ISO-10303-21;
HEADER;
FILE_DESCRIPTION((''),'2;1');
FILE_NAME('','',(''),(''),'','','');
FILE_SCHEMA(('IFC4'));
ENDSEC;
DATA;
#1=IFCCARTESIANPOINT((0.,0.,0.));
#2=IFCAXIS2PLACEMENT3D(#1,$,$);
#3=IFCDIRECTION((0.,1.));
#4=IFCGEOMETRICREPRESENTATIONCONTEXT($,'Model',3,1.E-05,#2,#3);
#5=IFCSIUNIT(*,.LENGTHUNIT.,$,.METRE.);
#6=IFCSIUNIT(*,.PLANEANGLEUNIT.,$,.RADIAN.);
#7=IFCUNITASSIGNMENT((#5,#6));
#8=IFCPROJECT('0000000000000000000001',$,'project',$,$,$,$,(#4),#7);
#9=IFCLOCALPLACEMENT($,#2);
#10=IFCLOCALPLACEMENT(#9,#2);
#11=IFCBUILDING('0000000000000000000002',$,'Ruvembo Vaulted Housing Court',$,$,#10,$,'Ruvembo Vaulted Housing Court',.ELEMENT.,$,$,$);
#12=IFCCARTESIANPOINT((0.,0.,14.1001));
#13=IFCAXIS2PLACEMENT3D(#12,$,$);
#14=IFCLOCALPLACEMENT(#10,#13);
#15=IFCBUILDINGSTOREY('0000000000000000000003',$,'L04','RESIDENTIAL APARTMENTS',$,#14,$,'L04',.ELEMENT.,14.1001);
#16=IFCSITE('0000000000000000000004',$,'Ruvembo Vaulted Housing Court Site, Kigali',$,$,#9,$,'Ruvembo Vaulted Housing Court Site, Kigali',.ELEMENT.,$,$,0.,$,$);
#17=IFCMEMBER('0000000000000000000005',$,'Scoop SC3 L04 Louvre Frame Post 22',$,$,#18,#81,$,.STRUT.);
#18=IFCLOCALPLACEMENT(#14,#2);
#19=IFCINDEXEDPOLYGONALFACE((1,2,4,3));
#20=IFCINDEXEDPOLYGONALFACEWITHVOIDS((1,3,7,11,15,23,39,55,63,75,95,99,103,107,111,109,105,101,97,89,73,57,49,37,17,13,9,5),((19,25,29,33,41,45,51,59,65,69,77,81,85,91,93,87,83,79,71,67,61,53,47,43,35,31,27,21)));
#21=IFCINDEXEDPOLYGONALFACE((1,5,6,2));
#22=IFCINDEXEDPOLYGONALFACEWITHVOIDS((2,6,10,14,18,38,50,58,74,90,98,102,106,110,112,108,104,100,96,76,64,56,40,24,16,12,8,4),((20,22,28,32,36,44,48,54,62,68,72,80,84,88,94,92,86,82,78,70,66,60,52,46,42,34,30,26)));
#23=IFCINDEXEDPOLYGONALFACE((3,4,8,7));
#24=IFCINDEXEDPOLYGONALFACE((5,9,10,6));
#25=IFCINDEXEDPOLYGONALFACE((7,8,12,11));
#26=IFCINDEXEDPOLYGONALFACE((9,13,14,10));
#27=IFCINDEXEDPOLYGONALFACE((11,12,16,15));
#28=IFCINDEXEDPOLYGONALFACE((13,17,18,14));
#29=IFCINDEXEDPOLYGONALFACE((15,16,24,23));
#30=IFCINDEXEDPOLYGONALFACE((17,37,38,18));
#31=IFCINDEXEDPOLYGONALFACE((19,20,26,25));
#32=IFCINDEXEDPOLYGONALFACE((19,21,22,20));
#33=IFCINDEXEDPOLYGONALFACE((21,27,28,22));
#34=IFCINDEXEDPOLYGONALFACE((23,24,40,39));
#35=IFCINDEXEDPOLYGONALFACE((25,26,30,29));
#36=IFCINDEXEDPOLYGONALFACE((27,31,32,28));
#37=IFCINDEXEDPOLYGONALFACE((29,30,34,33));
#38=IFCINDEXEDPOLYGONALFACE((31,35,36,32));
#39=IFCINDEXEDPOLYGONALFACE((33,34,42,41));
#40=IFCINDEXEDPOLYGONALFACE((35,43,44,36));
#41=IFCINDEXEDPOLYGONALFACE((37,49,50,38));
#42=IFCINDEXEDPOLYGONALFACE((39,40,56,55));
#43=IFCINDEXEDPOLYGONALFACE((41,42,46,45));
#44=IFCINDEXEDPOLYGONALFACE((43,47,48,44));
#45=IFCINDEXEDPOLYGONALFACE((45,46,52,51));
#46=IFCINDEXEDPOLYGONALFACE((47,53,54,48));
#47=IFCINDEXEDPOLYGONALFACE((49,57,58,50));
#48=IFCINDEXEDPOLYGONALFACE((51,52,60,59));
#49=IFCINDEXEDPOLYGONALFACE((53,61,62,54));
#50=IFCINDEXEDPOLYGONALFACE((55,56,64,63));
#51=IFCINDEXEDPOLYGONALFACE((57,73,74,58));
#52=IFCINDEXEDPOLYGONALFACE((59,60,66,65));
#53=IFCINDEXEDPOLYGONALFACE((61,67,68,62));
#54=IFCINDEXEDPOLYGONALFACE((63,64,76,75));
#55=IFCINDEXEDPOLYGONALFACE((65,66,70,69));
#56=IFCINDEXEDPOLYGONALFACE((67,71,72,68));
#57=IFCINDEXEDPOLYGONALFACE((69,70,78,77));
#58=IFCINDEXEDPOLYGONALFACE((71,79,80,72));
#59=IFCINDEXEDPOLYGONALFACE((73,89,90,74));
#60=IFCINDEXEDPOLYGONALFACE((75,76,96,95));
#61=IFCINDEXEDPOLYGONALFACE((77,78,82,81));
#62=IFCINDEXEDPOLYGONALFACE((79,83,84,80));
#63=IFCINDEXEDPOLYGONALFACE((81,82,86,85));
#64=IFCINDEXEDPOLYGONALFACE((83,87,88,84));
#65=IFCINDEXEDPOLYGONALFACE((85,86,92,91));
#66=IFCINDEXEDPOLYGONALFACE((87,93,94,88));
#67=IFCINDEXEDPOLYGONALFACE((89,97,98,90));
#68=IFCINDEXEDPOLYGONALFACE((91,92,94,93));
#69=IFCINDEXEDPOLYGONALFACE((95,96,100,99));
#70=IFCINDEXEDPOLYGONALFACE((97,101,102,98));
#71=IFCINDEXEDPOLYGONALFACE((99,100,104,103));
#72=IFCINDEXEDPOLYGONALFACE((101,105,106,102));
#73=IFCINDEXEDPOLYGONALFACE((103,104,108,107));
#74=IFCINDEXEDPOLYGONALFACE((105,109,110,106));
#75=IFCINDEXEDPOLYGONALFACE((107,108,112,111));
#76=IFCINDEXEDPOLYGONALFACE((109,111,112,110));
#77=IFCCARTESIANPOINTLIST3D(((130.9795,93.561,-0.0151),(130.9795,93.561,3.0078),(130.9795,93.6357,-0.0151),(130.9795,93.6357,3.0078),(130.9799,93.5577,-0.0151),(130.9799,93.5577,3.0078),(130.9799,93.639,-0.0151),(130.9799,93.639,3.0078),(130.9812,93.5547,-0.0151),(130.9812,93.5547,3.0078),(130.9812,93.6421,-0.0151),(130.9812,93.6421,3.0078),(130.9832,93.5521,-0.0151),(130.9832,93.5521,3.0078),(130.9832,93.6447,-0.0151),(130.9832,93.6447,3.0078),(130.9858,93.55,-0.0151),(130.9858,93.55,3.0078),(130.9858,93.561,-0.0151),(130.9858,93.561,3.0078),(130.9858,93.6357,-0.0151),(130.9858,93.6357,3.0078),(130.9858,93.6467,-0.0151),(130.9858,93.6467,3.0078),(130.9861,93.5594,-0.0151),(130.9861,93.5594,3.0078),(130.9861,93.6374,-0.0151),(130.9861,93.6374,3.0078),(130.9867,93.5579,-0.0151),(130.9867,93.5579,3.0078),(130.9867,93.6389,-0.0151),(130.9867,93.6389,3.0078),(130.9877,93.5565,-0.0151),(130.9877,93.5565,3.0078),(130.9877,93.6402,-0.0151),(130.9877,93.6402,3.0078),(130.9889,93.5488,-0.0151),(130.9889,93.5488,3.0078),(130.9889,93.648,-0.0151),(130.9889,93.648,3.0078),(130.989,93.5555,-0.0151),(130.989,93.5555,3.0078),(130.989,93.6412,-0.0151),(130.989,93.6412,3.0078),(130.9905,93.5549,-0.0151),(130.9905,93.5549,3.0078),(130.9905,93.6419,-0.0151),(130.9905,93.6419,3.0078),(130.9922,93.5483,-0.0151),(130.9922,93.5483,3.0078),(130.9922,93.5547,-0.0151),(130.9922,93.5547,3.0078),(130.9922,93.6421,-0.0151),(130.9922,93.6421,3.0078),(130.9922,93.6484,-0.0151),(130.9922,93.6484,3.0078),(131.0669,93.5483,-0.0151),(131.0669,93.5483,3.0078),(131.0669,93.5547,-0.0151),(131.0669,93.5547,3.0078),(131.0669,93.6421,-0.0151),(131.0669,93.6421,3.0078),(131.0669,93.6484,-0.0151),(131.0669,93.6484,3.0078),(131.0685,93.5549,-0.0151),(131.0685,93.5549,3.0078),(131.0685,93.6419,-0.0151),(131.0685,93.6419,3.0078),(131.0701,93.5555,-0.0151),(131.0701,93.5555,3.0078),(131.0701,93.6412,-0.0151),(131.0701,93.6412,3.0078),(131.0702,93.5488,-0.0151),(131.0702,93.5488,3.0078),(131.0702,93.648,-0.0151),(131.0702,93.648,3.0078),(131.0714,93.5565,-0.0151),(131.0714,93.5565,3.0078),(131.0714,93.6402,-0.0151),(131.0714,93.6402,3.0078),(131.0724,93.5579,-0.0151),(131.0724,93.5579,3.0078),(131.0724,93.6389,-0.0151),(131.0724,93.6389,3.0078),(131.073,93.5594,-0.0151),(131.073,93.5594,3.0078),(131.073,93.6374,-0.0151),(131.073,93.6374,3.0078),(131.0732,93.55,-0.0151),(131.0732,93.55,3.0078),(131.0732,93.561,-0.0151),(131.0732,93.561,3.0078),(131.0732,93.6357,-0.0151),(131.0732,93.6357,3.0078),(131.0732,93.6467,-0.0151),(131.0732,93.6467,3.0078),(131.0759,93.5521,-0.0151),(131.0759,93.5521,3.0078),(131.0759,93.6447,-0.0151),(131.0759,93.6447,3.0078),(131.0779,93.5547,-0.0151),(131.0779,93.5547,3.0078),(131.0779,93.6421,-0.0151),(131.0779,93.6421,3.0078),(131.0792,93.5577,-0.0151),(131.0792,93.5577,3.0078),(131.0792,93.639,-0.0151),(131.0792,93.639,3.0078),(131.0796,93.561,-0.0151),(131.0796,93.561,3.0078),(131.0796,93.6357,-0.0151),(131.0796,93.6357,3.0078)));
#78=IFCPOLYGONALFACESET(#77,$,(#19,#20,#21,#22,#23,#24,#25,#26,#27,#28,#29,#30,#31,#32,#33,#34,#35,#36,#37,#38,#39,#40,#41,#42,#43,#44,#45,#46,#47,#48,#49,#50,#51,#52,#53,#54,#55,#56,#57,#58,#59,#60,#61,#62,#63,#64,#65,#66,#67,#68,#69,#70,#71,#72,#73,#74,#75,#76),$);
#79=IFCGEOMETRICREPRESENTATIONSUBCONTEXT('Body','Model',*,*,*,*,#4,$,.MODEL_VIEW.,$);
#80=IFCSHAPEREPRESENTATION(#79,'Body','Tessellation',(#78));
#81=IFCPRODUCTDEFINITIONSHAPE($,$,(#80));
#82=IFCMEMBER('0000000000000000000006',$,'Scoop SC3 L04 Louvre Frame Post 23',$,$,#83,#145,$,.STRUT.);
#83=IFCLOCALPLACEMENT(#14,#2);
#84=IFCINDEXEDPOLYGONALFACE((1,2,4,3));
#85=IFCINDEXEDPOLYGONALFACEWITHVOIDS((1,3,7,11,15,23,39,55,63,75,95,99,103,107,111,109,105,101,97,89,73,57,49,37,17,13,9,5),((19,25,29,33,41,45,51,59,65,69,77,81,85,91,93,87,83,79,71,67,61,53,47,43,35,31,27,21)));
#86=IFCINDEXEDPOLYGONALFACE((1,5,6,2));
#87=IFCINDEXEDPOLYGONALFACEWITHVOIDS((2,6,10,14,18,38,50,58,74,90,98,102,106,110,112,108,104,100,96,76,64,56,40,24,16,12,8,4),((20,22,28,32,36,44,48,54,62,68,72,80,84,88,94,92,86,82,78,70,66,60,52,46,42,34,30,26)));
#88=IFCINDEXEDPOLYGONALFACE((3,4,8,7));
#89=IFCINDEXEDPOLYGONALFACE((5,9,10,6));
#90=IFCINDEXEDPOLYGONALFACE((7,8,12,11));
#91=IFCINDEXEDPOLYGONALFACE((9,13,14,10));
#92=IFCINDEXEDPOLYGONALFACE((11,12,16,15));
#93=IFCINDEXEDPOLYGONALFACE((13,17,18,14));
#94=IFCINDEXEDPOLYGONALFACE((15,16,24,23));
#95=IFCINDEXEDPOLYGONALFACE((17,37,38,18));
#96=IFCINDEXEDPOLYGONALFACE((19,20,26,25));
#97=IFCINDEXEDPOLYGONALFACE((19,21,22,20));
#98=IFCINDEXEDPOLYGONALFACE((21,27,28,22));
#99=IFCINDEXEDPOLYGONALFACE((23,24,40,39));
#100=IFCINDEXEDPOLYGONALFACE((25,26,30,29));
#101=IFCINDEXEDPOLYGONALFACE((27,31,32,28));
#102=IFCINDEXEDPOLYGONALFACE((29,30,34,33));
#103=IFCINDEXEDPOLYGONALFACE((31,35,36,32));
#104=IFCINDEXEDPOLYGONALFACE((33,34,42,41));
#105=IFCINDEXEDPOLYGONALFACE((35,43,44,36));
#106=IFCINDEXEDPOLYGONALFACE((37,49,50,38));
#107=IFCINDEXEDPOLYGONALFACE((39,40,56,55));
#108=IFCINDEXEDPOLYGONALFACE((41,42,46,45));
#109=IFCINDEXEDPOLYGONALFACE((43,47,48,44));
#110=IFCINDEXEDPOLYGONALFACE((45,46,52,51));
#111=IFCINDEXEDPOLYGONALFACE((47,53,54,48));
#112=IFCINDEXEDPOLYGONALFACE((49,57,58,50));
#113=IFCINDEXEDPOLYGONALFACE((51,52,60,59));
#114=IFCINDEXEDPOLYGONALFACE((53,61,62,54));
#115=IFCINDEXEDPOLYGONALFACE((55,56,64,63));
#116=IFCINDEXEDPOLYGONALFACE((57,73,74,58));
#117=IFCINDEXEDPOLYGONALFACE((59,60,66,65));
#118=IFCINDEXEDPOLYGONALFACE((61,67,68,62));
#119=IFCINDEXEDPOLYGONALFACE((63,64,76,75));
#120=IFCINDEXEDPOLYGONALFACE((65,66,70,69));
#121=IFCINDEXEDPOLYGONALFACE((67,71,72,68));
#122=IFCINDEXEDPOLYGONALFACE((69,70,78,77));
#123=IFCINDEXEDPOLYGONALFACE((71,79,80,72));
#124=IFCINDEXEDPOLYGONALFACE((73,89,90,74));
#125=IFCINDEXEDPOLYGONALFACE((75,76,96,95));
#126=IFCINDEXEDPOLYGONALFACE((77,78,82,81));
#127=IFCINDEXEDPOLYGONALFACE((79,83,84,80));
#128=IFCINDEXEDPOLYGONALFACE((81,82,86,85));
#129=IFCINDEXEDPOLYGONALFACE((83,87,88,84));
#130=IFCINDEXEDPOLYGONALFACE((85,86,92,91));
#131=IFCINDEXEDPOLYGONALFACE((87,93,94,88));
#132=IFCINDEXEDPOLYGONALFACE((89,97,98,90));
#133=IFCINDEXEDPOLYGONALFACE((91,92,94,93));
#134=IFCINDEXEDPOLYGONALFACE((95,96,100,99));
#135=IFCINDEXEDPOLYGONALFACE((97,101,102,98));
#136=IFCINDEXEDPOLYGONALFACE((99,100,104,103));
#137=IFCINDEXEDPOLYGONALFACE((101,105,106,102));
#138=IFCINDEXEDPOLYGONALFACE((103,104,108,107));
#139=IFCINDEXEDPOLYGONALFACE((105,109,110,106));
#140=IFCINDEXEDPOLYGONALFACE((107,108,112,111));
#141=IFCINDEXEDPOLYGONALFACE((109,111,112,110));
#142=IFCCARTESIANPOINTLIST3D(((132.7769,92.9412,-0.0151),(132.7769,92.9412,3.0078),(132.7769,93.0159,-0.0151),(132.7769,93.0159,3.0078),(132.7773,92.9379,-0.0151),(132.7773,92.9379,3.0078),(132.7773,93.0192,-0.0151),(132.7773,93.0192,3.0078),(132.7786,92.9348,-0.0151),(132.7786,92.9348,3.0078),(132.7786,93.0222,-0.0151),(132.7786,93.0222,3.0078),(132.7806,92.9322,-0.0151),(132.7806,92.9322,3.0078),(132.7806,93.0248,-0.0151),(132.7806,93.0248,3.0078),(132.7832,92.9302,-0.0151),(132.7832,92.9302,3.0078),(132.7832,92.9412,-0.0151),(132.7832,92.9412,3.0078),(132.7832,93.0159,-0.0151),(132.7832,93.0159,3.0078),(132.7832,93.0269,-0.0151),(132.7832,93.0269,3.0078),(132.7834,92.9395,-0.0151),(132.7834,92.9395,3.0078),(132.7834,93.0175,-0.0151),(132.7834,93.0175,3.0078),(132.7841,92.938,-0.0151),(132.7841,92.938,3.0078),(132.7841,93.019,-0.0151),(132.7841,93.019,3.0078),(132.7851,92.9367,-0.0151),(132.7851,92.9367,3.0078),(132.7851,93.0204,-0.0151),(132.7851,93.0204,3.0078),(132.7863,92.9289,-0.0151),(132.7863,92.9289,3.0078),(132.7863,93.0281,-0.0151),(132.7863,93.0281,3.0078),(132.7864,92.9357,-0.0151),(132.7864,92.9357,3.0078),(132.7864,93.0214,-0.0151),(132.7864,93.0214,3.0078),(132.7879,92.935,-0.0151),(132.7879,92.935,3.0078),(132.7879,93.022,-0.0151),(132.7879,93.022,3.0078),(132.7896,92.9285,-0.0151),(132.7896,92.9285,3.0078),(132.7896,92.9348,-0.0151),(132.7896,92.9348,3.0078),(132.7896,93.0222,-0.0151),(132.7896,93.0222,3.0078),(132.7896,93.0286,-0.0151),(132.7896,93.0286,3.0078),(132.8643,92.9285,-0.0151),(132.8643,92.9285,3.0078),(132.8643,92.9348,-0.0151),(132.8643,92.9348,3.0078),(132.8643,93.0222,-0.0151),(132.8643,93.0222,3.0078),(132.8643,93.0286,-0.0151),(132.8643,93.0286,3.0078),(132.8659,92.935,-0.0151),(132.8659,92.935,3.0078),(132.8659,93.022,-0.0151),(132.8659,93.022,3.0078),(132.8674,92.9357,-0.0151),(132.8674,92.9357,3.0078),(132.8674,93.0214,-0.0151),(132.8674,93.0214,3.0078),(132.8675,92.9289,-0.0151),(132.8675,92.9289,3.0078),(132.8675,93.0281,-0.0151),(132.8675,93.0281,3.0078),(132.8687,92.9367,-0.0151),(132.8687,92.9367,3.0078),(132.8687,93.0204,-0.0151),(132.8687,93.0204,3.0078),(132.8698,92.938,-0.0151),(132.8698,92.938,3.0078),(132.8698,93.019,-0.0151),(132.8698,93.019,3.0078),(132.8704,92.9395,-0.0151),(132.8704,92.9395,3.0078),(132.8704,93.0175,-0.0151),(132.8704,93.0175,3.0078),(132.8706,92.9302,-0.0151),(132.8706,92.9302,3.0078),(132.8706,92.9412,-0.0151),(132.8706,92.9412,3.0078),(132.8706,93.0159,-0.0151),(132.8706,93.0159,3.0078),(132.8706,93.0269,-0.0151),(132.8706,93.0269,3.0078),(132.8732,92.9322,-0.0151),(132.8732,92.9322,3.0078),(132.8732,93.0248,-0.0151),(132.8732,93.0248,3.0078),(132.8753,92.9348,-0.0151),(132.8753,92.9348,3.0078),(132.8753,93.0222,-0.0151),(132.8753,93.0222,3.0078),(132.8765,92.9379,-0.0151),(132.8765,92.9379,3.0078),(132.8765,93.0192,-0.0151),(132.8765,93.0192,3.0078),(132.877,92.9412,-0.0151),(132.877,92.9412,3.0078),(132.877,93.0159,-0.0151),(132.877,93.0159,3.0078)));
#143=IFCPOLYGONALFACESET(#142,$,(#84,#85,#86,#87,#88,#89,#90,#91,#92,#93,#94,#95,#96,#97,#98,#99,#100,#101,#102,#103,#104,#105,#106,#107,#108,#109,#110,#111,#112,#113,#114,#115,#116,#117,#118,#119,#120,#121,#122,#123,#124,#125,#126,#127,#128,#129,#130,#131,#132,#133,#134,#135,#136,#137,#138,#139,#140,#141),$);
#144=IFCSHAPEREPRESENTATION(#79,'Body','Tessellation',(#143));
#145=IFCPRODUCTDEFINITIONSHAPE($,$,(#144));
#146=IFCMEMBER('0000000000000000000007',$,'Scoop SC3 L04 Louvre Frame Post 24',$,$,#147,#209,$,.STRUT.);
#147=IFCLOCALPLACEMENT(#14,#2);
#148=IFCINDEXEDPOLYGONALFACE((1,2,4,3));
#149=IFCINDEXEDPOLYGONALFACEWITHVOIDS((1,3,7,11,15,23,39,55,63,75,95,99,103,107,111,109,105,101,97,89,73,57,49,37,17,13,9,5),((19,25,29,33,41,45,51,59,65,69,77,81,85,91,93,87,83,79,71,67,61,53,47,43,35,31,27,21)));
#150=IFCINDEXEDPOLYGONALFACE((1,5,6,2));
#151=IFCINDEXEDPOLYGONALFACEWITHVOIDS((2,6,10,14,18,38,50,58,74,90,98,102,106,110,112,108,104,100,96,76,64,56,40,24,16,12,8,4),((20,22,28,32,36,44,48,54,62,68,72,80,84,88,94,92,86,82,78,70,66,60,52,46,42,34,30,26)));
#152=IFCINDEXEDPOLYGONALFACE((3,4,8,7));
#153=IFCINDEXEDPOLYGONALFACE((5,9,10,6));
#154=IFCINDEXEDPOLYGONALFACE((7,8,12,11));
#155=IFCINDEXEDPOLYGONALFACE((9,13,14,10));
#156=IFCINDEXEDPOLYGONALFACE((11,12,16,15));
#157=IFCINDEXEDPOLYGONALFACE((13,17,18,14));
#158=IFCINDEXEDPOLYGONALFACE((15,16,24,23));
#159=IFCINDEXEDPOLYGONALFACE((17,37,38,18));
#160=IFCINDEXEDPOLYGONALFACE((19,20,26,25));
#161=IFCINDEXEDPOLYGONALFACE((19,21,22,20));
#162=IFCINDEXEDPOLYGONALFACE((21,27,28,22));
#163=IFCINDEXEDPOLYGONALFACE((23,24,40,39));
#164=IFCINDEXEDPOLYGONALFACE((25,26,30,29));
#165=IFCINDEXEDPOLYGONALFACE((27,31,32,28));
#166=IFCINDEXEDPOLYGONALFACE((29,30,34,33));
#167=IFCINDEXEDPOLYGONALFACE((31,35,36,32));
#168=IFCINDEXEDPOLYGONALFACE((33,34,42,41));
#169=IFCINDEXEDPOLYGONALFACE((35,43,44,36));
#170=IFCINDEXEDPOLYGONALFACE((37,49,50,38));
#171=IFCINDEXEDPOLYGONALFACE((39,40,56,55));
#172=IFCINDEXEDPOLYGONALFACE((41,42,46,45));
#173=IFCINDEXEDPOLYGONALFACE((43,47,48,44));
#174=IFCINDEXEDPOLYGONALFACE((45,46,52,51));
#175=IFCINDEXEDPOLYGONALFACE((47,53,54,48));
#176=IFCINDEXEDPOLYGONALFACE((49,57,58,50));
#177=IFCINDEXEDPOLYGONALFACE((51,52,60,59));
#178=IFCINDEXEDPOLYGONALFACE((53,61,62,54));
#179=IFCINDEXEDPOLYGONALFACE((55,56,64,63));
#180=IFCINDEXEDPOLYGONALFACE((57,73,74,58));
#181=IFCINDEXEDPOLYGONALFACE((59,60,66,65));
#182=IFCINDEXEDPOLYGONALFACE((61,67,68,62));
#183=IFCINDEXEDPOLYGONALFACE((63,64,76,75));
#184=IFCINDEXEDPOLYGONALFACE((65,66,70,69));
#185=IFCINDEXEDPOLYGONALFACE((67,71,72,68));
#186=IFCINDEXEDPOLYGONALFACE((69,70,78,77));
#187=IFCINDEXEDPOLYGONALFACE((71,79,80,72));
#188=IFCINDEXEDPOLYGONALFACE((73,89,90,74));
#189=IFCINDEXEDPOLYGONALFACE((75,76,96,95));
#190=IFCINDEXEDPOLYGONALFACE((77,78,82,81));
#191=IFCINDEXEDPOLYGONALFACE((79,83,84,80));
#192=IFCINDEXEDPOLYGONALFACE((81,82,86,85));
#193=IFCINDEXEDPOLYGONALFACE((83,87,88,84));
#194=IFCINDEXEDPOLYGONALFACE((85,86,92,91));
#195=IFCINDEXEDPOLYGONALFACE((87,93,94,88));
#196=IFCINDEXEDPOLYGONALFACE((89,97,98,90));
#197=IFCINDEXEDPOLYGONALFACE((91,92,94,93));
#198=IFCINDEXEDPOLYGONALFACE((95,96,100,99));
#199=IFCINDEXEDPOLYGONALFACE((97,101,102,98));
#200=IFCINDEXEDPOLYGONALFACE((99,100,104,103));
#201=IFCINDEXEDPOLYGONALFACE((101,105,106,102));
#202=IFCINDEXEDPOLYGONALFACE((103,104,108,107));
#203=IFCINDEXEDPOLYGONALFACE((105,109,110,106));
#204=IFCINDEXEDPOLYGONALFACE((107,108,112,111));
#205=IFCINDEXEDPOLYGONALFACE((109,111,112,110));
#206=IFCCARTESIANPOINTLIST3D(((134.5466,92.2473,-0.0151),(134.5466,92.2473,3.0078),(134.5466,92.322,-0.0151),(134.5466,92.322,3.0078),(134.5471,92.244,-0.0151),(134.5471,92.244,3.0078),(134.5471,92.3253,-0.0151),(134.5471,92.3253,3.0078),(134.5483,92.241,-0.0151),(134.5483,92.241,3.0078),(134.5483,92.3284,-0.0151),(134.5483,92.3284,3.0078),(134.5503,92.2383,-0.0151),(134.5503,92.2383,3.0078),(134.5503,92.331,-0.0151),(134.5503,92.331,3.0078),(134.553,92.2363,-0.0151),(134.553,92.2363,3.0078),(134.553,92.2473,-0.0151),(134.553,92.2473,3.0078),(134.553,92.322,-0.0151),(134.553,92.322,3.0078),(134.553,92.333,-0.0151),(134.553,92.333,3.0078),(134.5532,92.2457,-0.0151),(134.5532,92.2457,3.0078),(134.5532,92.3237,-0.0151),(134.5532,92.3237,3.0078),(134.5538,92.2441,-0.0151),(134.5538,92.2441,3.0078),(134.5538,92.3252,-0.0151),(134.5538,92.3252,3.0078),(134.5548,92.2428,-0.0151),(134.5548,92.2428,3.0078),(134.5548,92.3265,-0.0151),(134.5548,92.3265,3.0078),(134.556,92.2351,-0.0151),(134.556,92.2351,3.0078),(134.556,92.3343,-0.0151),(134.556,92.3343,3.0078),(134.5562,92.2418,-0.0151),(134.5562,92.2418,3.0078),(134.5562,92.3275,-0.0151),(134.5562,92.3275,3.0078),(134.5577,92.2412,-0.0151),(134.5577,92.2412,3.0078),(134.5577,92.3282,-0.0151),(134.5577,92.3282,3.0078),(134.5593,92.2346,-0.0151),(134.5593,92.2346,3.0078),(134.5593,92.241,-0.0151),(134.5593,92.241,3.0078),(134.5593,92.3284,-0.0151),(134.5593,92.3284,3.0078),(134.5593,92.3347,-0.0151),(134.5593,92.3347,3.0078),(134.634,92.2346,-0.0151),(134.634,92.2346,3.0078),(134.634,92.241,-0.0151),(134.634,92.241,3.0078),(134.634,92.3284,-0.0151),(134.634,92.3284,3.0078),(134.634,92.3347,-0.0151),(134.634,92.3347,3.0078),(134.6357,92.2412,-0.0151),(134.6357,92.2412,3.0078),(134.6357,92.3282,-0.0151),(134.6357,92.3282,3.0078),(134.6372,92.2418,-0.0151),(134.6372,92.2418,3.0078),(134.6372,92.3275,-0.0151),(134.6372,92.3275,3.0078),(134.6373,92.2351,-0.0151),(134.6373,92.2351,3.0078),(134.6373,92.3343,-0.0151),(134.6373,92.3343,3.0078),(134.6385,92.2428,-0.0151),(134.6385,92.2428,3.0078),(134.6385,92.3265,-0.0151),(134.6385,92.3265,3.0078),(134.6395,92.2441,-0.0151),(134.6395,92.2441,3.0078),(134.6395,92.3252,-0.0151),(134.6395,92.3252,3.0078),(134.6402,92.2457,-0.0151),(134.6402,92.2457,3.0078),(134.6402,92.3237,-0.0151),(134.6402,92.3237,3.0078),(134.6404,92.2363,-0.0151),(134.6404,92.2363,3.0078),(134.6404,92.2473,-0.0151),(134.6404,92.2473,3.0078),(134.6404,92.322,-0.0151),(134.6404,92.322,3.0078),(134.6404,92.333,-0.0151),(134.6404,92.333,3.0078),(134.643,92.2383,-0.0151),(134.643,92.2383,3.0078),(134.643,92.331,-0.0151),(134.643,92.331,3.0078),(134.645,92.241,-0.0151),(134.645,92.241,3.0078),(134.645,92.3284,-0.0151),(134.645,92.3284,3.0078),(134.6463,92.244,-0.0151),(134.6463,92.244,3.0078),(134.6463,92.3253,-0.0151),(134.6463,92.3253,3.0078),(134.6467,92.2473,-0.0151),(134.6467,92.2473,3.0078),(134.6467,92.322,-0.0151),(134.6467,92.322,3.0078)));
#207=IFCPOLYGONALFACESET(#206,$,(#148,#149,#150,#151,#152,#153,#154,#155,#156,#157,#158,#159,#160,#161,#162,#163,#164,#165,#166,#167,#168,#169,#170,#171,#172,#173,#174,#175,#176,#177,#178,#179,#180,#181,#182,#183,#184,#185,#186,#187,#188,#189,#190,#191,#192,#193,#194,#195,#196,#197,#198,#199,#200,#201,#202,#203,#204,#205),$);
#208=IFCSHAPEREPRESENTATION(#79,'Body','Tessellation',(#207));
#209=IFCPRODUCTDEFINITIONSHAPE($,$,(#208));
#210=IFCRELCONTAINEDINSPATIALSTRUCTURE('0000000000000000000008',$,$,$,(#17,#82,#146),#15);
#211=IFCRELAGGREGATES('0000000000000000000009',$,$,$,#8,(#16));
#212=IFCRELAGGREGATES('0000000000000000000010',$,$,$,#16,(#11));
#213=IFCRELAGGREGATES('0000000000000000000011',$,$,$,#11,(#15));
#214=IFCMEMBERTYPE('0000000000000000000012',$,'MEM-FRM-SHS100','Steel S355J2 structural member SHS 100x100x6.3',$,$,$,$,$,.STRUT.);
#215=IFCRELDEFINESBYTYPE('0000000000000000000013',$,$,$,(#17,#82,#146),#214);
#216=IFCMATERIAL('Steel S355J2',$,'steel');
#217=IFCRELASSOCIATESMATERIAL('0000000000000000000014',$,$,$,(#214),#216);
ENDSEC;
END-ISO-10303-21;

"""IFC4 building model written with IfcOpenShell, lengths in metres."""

from ifc_helpers import new_model, si_unit, direction, frame, origin, origin_2d, place, context, subcontext, project, spatial, hollow_rectangle, extrude, material, material_profile, profile_set, type_object, element, save


model = new_model("IFC4")

# Units and contexts
model_context = context("Model", 3, precision=1e-05, world=origin(), true_north=direction((0.0, 1.0)))
body_context = subcontext(model_context, "Body", "Model", "MODEL_VIEW")
ifc_project = project(units=[si_unit("LENGTHUNIT", "METRE"), si_unit("PLANEANGLEUNIT", "RADIAN")], contexts=[model_context])

# Site, building, storey
site_placement = place(None, origin())
site = spatial("IfcSite", under=ifc_project, at=site_placement, Name="Ruvembo Vaulted Housing Court Site, Kigali", LongName="Ruvembo Vaulted Housing Court Site, Kigali", CompositionType="ELEMENT", RefElevation=0.0)
building_placement = place(site_placement, origin())
building = spatial("IfcBuilding", under=site, at=building_placement, Name="Ruvembo Vaulted Housing Court", LongName="Ruvembo Vaulted Housing Court", CompositionType="ELEMENT")
storey_placement = place(building_placement, frame((0.0, 0.0, 14.1001)))
storey = spatial("IfcBuildingStorey", under=building, at=storey_placement, Name="L04", Description="RESIDENTIAL APARTMENTS", LongName="L04", CompositionType="ELEMENT", Elevation=14.1001)

# Shared definitions
ifc_material_1 = material(Name="Steel S355J2", Category="steel")

# Members
ifc_material_profile_1 = material_profile(ifc_material_1, hollow_rectangle(XDim=0.1001, YDim=0.1001, WallThickness=0.0063, InnerFilletRadius=0.0063, OuterFilletRadius=0.0127, at=origin_2d()), Name="SHS 100x100x6.3")
ifc_profile_set_1 = profile_set([ifc_material_profile_1], Name="Steel S355J2")
member_type_1 = type_object("IfcMemberType", Name="MEM-FRM-SHS100", Description="Steel S355J2 structural member SHS 100x100x6.3", PredefinedType="STRUT", material=ifc_profile_set_1)
for number, where, z_axis, x_axis, name in (
    (1, (131.0295, 93.5984, -0.0151), (0.0, 0.0, 1.0), (1.0, 0.0, 0.0), "Scoop SC3 L04 Louvre Frame Post 22"),
    (2, (132.8269, 92.9785, -0.0151), (0.0, 0.0, 1.0), (1.0, 0.0, 0.0), "Scoop SC3 L04 Louvre Frame Post 23"),
    (3, (134.5967, 92.2847, -0.0151), (0.0, 0.0, 1.0), (1.0, 0.0, 0.0), "Scoop SC3 L04 Louvre Frame Post 24"),
):
    element("IfcMember", number, at=place(storey_placement, frame(where, z_axis=z_axis, x_axis=x_axis)), inside=storey, type_object=member_type_1, Name=name, PredefinedType="STRUT", context=body_context, shape_type="SweptSolid", body=[
        extrude(hollow_rectangle(XDim=0.1001, YDim=0.1001, WallThickness=0.0063, InnerFilletRadius=0.0063, OuterFilletRadius=0.0127, at=origin_2d()), origin(), (0.0, 0.0, 1.0), 3.0229),
    ])

save(model, "model.ifc")
